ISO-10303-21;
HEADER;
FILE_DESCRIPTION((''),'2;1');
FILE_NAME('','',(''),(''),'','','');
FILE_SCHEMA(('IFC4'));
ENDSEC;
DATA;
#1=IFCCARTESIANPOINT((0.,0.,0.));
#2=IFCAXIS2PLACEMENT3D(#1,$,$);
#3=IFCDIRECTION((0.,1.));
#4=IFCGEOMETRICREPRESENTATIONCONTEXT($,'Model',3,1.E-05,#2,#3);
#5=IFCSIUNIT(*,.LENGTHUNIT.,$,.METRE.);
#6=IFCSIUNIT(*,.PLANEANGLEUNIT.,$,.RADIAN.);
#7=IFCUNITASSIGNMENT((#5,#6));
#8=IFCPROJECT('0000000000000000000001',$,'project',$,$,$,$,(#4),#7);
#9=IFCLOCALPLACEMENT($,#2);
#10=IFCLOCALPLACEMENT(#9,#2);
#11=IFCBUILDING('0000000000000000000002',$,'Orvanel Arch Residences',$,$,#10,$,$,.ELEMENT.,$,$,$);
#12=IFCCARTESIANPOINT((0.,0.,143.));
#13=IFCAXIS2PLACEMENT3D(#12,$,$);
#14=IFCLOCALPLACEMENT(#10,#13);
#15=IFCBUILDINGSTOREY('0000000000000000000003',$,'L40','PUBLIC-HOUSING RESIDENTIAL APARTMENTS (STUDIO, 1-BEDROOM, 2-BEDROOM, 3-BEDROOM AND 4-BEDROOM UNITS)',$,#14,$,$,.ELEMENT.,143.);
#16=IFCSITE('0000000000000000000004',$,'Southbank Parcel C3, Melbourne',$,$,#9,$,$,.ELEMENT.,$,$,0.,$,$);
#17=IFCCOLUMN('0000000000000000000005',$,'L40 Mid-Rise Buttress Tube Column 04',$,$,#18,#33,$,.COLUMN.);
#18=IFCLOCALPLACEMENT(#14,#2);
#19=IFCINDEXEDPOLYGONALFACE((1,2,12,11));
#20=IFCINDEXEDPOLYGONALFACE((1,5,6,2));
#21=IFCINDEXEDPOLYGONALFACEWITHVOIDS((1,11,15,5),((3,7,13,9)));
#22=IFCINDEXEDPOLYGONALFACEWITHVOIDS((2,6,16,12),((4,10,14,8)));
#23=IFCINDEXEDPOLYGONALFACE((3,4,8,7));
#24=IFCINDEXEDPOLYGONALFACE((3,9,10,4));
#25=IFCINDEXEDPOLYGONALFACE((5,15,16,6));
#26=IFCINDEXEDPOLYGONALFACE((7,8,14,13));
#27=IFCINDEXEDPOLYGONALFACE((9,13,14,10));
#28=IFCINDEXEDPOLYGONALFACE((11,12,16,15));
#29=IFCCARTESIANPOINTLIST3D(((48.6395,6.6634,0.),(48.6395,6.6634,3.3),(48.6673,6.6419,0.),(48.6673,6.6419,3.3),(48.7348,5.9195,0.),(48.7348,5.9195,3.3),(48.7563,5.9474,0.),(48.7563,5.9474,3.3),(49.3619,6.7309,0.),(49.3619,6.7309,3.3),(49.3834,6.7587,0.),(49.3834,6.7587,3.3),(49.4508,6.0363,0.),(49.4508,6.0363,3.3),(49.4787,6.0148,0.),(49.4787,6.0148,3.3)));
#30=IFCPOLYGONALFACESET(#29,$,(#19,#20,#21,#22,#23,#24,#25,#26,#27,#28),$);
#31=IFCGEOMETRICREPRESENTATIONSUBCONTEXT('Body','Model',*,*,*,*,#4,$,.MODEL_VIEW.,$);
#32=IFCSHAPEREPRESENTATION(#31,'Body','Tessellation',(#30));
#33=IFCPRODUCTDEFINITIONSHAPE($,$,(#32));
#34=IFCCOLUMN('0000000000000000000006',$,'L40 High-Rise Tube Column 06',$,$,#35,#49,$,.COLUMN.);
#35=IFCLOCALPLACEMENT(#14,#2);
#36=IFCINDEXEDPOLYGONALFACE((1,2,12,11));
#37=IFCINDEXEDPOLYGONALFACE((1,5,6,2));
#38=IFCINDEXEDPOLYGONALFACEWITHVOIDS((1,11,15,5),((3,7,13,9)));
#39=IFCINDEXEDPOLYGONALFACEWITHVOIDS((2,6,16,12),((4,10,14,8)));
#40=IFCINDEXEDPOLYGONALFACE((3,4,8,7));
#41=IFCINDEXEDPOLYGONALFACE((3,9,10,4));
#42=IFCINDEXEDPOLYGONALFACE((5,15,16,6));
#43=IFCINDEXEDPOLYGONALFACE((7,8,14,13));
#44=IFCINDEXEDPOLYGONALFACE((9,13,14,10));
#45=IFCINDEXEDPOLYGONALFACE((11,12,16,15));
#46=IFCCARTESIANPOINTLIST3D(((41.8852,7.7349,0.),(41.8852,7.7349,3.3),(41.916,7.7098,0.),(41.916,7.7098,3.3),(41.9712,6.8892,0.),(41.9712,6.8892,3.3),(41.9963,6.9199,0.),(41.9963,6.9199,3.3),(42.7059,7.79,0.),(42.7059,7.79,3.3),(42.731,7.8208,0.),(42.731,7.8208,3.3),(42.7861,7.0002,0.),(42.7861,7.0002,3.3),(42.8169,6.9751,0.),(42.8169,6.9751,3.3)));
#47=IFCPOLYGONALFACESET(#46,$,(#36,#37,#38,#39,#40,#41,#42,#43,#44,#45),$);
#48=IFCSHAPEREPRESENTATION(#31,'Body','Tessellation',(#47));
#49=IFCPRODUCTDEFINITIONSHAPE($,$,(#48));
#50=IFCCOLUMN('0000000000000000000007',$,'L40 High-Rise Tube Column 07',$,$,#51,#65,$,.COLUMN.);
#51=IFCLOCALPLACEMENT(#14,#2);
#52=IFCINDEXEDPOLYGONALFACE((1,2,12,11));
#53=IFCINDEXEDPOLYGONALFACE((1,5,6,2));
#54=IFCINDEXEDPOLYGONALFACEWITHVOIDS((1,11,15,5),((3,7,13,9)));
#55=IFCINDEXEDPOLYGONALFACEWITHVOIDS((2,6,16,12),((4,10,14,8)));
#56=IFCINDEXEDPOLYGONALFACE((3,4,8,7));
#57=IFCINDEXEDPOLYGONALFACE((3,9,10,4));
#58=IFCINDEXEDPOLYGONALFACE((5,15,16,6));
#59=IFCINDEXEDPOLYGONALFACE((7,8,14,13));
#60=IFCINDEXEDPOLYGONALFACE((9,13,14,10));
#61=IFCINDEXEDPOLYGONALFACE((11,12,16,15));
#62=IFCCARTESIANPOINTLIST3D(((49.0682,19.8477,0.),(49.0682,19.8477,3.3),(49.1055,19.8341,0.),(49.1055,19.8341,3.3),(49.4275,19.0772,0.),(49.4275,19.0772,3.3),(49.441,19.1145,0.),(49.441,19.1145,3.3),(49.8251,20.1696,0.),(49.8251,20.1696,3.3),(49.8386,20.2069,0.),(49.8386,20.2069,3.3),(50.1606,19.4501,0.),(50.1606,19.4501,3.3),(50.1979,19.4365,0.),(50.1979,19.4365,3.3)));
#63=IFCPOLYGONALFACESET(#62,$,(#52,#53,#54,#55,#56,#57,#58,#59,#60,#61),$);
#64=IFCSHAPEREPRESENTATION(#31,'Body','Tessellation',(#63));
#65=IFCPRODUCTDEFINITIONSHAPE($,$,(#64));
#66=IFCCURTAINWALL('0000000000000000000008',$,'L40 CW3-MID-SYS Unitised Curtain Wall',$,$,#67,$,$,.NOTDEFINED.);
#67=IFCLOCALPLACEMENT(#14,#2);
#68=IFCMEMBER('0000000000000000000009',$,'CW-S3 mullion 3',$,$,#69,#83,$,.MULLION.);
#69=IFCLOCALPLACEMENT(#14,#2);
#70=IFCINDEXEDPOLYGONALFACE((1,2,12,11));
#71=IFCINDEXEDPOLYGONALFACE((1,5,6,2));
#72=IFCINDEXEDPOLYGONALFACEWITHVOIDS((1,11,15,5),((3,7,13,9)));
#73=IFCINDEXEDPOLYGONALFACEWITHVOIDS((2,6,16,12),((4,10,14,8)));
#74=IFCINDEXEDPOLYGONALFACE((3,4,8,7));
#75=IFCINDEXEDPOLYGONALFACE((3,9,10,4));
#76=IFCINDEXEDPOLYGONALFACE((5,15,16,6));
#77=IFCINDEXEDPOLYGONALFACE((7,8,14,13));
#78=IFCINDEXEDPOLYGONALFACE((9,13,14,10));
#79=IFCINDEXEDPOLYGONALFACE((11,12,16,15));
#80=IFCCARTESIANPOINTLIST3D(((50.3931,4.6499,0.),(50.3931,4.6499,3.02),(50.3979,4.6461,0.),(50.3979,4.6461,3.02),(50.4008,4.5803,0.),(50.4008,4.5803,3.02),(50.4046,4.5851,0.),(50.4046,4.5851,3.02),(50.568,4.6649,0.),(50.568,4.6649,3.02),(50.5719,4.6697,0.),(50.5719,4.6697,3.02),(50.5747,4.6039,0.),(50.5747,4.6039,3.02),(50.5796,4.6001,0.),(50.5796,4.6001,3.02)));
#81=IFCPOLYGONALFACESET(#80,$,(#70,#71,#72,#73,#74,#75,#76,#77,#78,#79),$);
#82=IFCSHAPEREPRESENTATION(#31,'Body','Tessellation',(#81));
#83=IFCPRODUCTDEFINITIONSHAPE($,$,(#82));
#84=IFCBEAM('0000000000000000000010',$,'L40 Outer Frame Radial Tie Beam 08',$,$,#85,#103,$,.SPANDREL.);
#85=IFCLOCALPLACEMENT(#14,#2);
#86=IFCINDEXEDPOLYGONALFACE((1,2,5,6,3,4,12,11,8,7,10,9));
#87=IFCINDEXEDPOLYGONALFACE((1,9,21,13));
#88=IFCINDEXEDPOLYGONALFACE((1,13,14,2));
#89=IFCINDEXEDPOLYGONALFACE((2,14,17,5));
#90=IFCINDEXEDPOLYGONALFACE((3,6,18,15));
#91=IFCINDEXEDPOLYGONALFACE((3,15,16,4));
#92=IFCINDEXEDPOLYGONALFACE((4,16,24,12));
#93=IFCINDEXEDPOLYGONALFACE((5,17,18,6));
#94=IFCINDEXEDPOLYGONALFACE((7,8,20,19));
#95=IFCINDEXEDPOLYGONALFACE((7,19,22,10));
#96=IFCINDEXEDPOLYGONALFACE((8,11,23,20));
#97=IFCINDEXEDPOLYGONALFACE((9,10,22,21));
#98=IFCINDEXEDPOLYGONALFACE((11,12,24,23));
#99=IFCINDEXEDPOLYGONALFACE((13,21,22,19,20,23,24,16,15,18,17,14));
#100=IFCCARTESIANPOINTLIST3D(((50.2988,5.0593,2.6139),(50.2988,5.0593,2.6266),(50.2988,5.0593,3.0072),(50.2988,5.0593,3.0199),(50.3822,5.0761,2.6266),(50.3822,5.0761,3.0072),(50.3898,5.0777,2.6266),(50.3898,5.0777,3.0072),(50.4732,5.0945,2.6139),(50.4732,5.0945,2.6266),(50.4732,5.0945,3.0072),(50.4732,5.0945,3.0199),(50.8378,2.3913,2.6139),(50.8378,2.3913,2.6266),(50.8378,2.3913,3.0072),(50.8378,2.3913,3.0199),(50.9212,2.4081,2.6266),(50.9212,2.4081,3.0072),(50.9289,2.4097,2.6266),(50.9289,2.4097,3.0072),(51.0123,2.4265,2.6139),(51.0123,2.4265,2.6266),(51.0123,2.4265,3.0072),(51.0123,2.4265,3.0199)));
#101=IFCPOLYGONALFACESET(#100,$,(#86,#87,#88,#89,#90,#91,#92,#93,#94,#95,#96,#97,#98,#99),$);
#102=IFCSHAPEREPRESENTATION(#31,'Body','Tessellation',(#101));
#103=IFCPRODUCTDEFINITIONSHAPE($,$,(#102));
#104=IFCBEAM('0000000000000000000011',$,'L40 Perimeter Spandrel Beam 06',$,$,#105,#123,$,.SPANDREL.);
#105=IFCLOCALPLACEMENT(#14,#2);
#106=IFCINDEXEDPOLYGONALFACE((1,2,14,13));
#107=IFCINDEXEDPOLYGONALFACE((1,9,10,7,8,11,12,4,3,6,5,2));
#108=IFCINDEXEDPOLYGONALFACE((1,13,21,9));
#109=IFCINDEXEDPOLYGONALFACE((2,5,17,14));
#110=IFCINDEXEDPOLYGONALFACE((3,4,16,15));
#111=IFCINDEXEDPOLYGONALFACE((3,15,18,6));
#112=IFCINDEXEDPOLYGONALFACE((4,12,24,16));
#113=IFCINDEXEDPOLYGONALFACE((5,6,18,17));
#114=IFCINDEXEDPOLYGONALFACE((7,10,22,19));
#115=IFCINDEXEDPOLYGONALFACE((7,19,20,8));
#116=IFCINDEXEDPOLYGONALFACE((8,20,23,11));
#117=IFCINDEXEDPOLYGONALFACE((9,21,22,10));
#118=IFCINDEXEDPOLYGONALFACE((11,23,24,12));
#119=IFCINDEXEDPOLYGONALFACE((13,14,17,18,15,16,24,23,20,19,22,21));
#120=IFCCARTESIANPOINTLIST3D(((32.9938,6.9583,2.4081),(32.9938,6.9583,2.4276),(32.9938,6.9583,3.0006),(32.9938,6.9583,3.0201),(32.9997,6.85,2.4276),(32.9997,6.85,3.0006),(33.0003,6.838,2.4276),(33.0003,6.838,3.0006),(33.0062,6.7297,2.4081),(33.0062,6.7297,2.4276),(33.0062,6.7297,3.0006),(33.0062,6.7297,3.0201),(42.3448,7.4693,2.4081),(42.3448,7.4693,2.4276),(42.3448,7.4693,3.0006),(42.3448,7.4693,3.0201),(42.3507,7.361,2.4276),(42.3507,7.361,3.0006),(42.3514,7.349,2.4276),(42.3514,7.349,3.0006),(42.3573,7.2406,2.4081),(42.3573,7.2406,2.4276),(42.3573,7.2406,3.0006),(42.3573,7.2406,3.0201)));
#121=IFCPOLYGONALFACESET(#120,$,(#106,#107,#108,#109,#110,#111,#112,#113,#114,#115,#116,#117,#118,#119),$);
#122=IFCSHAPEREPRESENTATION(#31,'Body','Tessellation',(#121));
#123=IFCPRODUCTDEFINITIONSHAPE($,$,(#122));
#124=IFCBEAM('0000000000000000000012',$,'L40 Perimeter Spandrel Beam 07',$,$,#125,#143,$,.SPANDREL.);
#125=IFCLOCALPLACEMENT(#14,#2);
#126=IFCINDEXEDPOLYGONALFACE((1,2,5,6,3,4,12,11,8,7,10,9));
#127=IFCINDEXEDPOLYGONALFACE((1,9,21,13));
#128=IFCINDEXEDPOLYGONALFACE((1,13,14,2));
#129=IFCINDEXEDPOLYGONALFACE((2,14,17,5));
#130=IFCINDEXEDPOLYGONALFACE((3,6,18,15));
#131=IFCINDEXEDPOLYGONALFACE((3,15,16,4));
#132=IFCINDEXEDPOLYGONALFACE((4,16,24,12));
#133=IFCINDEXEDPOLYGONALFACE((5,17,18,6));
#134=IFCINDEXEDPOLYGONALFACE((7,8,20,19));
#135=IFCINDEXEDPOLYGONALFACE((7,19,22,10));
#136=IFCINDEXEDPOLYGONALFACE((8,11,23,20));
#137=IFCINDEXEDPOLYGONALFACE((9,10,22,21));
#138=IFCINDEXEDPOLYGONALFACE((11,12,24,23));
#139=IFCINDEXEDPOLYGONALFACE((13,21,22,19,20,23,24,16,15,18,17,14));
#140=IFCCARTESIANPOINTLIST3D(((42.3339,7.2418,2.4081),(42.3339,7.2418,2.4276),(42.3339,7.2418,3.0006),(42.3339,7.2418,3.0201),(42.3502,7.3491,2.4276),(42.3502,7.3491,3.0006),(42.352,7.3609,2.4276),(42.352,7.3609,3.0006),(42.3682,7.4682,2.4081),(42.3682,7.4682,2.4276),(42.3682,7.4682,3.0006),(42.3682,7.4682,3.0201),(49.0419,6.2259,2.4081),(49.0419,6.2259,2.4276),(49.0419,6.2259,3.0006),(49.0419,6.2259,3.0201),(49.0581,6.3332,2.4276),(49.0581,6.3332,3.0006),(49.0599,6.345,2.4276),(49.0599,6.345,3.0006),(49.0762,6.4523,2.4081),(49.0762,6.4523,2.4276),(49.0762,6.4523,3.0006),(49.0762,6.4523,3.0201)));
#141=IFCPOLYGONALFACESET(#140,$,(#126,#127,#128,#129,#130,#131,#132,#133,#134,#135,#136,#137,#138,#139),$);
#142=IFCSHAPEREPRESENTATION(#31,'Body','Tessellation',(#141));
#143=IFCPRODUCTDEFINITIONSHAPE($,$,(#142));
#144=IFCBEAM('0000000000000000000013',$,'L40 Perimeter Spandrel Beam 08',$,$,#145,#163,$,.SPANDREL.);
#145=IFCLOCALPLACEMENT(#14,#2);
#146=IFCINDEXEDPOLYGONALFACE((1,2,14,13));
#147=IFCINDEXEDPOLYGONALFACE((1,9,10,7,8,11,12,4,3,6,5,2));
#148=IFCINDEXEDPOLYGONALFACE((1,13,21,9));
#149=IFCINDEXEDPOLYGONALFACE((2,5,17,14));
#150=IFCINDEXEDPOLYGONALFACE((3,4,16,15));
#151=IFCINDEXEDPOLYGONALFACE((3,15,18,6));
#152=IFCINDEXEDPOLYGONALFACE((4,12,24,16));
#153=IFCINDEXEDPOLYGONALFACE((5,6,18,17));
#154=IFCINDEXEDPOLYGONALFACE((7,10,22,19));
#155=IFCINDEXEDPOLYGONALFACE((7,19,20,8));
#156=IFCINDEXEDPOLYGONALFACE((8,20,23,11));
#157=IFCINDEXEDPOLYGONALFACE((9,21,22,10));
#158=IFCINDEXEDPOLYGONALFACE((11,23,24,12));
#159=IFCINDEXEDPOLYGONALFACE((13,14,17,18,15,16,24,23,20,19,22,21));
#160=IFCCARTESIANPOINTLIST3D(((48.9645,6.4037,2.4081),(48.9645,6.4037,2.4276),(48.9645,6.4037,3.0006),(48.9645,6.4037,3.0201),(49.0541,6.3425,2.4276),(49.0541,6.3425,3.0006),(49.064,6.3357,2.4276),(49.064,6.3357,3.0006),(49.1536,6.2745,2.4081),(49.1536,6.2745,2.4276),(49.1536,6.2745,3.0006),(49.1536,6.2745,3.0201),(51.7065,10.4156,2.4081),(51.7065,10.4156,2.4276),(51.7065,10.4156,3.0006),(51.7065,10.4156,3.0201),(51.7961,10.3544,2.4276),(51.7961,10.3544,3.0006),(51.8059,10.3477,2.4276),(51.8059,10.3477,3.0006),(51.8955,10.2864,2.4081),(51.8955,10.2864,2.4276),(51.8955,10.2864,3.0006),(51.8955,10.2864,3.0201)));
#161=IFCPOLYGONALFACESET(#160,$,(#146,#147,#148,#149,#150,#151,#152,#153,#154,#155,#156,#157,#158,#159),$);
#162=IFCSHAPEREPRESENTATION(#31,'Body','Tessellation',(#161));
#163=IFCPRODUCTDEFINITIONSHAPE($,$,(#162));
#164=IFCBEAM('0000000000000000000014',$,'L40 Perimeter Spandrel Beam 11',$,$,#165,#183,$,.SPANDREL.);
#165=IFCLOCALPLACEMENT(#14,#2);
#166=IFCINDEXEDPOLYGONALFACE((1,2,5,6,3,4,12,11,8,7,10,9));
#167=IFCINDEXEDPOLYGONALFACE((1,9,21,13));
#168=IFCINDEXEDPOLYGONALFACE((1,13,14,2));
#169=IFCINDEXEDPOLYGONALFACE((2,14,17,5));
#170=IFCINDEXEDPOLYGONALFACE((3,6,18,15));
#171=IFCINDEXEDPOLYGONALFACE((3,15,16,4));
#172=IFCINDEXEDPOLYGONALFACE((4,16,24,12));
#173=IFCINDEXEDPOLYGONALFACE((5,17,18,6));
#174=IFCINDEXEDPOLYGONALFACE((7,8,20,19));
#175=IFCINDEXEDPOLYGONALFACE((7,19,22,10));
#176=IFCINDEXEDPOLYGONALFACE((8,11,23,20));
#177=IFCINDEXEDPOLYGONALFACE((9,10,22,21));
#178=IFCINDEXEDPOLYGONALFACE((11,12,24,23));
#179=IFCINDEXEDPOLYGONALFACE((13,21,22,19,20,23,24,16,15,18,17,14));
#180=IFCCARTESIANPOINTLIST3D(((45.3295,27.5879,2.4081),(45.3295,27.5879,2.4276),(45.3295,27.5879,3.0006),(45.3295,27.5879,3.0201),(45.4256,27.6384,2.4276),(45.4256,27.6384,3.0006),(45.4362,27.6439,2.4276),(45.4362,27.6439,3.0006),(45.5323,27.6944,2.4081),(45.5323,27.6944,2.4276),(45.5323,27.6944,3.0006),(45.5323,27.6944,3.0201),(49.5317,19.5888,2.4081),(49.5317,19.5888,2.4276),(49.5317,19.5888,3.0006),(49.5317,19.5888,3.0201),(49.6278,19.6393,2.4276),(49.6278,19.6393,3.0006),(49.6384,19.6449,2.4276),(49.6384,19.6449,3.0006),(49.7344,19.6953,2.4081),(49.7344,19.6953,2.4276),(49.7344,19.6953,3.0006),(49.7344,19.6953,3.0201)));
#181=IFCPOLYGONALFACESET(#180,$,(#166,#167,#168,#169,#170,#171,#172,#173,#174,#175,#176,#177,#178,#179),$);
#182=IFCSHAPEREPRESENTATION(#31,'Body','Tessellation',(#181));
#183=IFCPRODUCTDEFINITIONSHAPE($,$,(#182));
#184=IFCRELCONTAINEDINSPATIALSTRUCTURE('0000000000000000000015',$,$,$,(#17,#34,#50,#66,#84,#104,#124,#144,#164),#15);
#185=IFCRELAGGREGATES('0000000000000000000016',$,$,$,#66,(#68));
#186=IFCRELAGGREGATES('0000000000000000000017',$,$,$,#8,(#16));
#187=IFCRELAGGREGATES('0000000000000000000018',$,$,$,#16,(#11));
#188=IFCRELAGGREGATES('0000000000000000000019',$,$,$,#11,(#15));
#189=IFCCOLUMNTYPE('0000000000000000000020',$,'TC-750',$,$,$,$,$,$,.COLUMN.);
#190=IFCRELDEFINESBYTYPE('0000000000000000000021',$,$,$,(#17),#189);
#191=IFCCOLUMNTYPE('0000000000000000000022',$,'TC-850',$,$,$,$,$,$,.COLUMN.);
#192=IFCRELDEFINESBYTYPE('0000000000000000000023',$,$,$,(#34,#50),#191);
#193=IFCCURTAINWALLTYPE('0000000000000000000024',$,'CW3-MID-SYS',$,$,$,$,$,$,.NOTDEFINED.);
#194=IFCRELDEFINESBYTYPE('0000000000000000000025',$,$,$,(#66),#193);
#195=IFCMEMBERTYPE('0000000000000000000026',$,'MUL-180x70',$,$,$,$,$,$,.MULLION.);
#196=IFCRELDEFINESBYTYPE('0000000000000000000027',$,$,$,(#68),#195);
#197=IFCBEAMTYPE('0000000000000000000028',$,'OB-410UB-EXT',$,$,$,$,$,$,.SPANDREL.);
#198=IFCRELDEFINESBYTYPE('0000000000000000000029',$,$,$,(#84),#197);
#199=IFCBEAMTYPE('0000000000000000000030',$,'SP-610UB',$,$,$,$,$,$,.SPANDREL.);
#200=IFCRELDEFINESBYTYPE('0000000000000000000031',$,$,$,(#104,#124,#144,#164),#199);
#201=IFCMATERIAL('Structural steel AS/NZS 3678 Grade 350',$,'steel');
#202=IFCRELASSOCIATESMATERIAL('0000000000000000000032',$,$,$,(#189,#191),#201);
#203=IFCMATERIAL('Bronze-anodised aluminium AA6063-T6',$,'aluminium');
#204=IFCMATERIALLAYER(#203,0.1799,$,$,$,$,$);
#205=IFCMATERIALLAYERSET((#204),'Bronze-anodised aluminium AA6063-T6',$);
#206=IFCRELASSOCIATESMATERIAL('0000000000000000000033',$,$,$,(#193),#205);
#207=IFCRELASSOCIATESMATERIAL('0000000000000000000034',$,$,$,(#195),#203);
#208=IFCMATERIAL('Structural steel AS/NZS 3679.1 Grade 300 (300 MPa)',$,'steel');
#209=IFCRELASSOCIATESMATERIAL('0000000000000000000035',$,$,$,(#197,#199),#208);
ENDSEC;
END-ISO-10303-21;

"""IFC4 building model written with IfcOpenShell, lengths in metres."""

from ifc_helpers import new_model, si_unit, direction, frame, origin, origin_2d, place, context, subcontext, project, spatial, hollow_rectangle, i_section, extrude, material, layer, layer_set, material_profile, profile_set, type_object, element, aggregate, save


model = new_model("IFC4")

# Units and contexts
model_context = context("Model", 3, precision=1e-05, world=origin(), true_north=direction((0.0, 1.0)))
body_context = subcontext(model_context, "Body", "Model", "MODEL_VIEW")
ifc_project = project(units=[si_unit("LENGTHUNIT", "METRE"), si_unit("PLANEANGLEUNIT", "RADIAN")], contexts=[model_context])

# Site, building, storey
site_placement = place(None, origin())
site = spatial("IfcSite", under=ifc_project, at=site_placement, Name="Southbank Parcel C3, Melbourne", CompositionType="ELEMENT", RefElevation=0.0)
building_placement = place(site_placement, origin())
building = spatial("IfcBuilding", under=site, at=building_placement, Name="Orvanel Arch Residences", CompositionType="ELEMENT")
storey_placement = place(building_placement, frame((0.0, 0.0, 143.0)))
storey = spatial("IfcBuildingStorey", under=building, at=storey_placement, Name="L40", Description="PUBLIC-HOUSING RESIDENTIAL APARTMENTS (STUDIO, 1-BEDROOM, 2-BEDROOM, 3-BEDROOM AND 4-BEDROOM UNITS)", CompositionType="ELEMENT", Elevation=143.0)

# Columns
ifc_material_1 = material(Name="Structural steel AS/NZS 3678 Grade 350", Category="steel")
ifc_material_profile_1 = material_profile(ifc_material_1, hollow_rectangle(XDim=0.75, YDim=0.75, WallThickness=0.0249, at=origin_2d()), Name="BOX750x750x25")
ifc_profile_set_1 = profile_set([ifc_material_profile_1], Name="Structural steel AS/NZS 3678 Grade 350")
column_type_1 = type_object("IfcColumnType", Name="TC-750", PredefinedType="COLUMN", material=ifc_profile_set_1)
column_placement = place(storey_placement, frame((49.0591, 6.3391, 0.0), z_axis=(0.0, 0.0, 1.0), x_axis=(0.991894, 0.127065, 0.0)))
element("IfcColumn", 1, at=column_placement, inside=storey, type_object=column_type_1, Name="L40 Mid-Rise Buttress Tube Column 04", PredefinedType="COLUMN", context=body_context, shape_type="SweptSolid", body=[
    extrude(hollow_rectangle(XDim=0.75, YDim=0.75, WallThickness=0.0249, at=origin_2d()), origin(), (0.0, 0.0, 1.0), 3.3),
])
ifc_material_profile_2 = material_profile(ifc_material_1, hollow_rectangle(XDim=0.8501, YDim=0.8501, WallThickness=0.0281, at=origin_2d()), Name="BOX850x850x28")
ifc_profile_set_2 = profile_set([ifc_material_profile_2], Name="Structural steel AS/NZS 3678 Grade 350")
column_type_2 = type_object("IfcColumnType", Name="TC-850", PredefinedType="COLUMN", material=ifc_profile_set_2)
for number, where, z_axis, x_axis, name in (
    (2, (42.3511, 7.355, 0.0), (0.0, 0.0, 1.0), (0.994881, 0.101056, 0.0), "L40 High-Rise Tube Column 06"),
    (3, (49.6331, 19.6421, 0.0), (0.0, 0.0, 1.0), (-0.422618, 0.906308, 0.0), "L40 High-Rise Tube Column 07"),
):
    element("IfcColumn", number, at=place(storey_placement, frame(where, z_axis=z_axis, x_axis=x_axis)), inside=storey, type_object=column_type_2, Name=name, PredefinedType="COLUMN", context=body_context, shape_type="SweptSolid", body=[
        extrude(hollow_rectangle(XDim=0.8501, YDim=0.8501, WallThickness=0.0281, at=origin_2d()), origin(), (0.0, 0.0, 1.0), 3.3),
    ])

# Curtain wall, member
ifc_material_2 = material(Name="Bronze-anodised aluminium AA6063-T6", Category="aluminium")
ifc_layer_1 = layer(ifc_material_2, 0.1799)
ifc_layer_set_1 = layer_set([ifc_layer_1], Name="Bronze-anodised aluminium AA6063-T6")
curtain_wall_type = type_object("IfcCurtainWallType", Name="CW3-MID-SYS", PredefinedType="NOTDEFINED", material=ifc_layer_set_1)
curtain_wall_placement = place(storey_placement, origin())
curtain_wall = element("IfcCurtainWall", 4, at=curtain_wall_placement, inside=storey, type_object=curtain_wall_type, Name="L40 CW3-MID-SYS Unitised Curtain Wall", PredefinedType="NOTDEFINED")
ifc_material_profile_3 = material_profile(ifc_material_2, hollow_rectangle(XDim=0.0701, YDim=0.1799, WallThickness=0.0044, at=origin_2d()), Name="ALU180x70x4.5")
ifc_profile_set_3 = profile_set([ifc_material_profile_3], Name="Bronze-anodised aluminium AA6063-T6")
member_type_1 = type_object("IfcMemberType", Name="MUL-180x70", PredefinedType="MULLION", material=ifc_profile_set_3)
member_1_placement = place(storey_placement, frame((50.4863, 4.625, 0.0), z_axis=(0.0, 0.0, 1.0), x_axis=(-0.109856, 0.993947, 0.0)))
member_1 = element("IfcMember", 5, at=member_1_placement, type_object=member_type_1, Name="CW-S3 mullion 3", PredefinedType="MULLION", context=body_context, shape_type="SweptSolid", body=[
    extrude(hollow_rectangle(XDim=0.0701, YDim=0.1799, WallThickness=0.0044, at=origin_2d()), origin(), (0.0, 0.0, 1.0), 3.02),
])

# Beams
ifc_material_3 = material(Name="Structural steel AS/NZS 3679.1 Grade 300 (300 MPa)", Category="steel")
ifc_material_profile_4 = material_profile(ifc_material_3, i_section(OverallWidth=0.178, OverallDepth=0.406, WebThickness=0.0078, FlangeThickness=0.0127, at=origin_2d()), Name="410UB59.7")
ifc_profile_set_4 = profile_set([ifc_material_profile_4], Name="Structural steel AS/NZS 3679.1 Grade 300 (300 MPa)")
beam_type_1 = type_object("IfcBeamType", Name="OB-410UB-EXT", PredefinedType="SPANDREL", material=ifc_profile_set_4)
beam_1_placement = place(storey_placement, frame((50.386, 5.0769, 2.8169), z_axis=(0.198048, -0.980192, 0.0), x_axis=(0.980192, 0.198048, 0.0)))
element("IfcBeam", 6, at=beam_1_placement, inside=storey, type_object=beam_type_1, Name="L40 Outer Frame Radial Tie Beam 08", PredefinedType="SPANDREL", context=body_context, shape_type="SweptSolid", body=[
    extrude(i_section(OverallWidth=0.178, OverallDepth=0.406, WebThickness=0.0078, FlangeThickness=0.0127, at=origin_2d()), origin(), (0.0, 0.0, 1.0), 2.7219),
])
ifc_material_profile_5 = material_profile(ifc_material_3, i_section(OverallWidth=0.229, OverallDepth=0.6121, WebThickness=0.012, FlangeThickness=0.0195, at=origin_2d()), Name="610UB125")
ifc_profile_set_5 = profile_set([ifc_material_profile_5], Name="Structural steel AS/NZS 3679.1 Grade 300 (300 MPa)")
beam_type_2 = type_object("IfcBeamType", Name="SP-610UB", PredefinedType="SPANDREL", material=ifc_profile_set_5)
beam_2_placement = place(storey_placement, frame((33.0, 6.844, 2.7141), z_axis=(0.99851, 0.054563, 0.0), x_axis=(-0.054563, 0.99851, 0.0)))
element("IfcBeam", 7, at=beam_2_placement, inside=storey, type_object=beam_type_2, Name="L40 Perimeter Spandrel Beam 06", PredefinedType="SPANDREL", context=body_context, shape_type="SweptSolid", body=[
    extrude(i_section(OverallWidth=0.229, OverallDepth=0.6121, WebThickness=0.012, FlangeThickness=0.0195, at=origin_2d()), origin(), (0.0, 0.0, 1.0), 9.365),
])
beam_3_placement = place(storey_placement, frame((42.3511, 7.355, 2.7141), z_axis=(0.988726, -0.149734, 0.0), x_axis=(0.149734, 0.988726, 0.0)))
element("IfcBeam", 8, at=beam_3_placement, inside=storey, type_object=beam_type_2, Name="L40 Perimeter Spandrel Beam 07", PredefinedType="SPANDREL", context=body_context, shape_type="SweptSolid", body=[
    extrude(i_section(OverallWidth=0.229, OverallDepth=0.6121, WebThickness=0.012, FlangeThickness=0.0195, at=origin_2d()), origin(), (0.0, 0.0, 1.0), 6.7844),
])
beam_4_placement = place(storey_placement, frame((49.0591, 6.3391, 2.7141), z_axis=(0.564252, 0.825603, 0.0), x_axis=(-0.825603, 0.564252, 0.0)))
element("IfcBeam", 9, at=beam_4_placement, inside=storey, type_object=beam_type_2, Name="L40 Perimeter Spandrel Beam 08", PredefinedType="SPANDREL", context=body_context, shape_type="SweptSolid", body=[
    extrude(i_section(OverallWidth=0.229, OverallDepth=0.6121, WebThickness=0.012, FlangeThickness=0.0195, at=origin_2d()), origin(), (0.0, 0.0, 1.0), 4.8594),
])
beam_5_placement = place(storey_placement, frame((49.6331, 19.6421, 2.7141), z_axis=(-0.465065, 0.885277, 0.0), x_axis=(-0.885277, -0.465065, 0.0)))
element("IfcBeam", 10, at=beam_5_placement, inside=storey, type_object=beam_type_2, Name="L40 Perimeter Spandrel Beam 11", PredefinedType="SPANDREL", context=body_context, shape_type="SweptSolid", body=[
    extrude(i_section(OverallWidth=0.229, OverallDepth=0.6121, WebThickness=0.012, FlangeThickness=0.0195, at=origin_2d()), origin(), (0.0, 0.0, 1.0), 9.0356),
])

aggregate(curtain_wall, [member_1])

save(model, "model.ifc")
